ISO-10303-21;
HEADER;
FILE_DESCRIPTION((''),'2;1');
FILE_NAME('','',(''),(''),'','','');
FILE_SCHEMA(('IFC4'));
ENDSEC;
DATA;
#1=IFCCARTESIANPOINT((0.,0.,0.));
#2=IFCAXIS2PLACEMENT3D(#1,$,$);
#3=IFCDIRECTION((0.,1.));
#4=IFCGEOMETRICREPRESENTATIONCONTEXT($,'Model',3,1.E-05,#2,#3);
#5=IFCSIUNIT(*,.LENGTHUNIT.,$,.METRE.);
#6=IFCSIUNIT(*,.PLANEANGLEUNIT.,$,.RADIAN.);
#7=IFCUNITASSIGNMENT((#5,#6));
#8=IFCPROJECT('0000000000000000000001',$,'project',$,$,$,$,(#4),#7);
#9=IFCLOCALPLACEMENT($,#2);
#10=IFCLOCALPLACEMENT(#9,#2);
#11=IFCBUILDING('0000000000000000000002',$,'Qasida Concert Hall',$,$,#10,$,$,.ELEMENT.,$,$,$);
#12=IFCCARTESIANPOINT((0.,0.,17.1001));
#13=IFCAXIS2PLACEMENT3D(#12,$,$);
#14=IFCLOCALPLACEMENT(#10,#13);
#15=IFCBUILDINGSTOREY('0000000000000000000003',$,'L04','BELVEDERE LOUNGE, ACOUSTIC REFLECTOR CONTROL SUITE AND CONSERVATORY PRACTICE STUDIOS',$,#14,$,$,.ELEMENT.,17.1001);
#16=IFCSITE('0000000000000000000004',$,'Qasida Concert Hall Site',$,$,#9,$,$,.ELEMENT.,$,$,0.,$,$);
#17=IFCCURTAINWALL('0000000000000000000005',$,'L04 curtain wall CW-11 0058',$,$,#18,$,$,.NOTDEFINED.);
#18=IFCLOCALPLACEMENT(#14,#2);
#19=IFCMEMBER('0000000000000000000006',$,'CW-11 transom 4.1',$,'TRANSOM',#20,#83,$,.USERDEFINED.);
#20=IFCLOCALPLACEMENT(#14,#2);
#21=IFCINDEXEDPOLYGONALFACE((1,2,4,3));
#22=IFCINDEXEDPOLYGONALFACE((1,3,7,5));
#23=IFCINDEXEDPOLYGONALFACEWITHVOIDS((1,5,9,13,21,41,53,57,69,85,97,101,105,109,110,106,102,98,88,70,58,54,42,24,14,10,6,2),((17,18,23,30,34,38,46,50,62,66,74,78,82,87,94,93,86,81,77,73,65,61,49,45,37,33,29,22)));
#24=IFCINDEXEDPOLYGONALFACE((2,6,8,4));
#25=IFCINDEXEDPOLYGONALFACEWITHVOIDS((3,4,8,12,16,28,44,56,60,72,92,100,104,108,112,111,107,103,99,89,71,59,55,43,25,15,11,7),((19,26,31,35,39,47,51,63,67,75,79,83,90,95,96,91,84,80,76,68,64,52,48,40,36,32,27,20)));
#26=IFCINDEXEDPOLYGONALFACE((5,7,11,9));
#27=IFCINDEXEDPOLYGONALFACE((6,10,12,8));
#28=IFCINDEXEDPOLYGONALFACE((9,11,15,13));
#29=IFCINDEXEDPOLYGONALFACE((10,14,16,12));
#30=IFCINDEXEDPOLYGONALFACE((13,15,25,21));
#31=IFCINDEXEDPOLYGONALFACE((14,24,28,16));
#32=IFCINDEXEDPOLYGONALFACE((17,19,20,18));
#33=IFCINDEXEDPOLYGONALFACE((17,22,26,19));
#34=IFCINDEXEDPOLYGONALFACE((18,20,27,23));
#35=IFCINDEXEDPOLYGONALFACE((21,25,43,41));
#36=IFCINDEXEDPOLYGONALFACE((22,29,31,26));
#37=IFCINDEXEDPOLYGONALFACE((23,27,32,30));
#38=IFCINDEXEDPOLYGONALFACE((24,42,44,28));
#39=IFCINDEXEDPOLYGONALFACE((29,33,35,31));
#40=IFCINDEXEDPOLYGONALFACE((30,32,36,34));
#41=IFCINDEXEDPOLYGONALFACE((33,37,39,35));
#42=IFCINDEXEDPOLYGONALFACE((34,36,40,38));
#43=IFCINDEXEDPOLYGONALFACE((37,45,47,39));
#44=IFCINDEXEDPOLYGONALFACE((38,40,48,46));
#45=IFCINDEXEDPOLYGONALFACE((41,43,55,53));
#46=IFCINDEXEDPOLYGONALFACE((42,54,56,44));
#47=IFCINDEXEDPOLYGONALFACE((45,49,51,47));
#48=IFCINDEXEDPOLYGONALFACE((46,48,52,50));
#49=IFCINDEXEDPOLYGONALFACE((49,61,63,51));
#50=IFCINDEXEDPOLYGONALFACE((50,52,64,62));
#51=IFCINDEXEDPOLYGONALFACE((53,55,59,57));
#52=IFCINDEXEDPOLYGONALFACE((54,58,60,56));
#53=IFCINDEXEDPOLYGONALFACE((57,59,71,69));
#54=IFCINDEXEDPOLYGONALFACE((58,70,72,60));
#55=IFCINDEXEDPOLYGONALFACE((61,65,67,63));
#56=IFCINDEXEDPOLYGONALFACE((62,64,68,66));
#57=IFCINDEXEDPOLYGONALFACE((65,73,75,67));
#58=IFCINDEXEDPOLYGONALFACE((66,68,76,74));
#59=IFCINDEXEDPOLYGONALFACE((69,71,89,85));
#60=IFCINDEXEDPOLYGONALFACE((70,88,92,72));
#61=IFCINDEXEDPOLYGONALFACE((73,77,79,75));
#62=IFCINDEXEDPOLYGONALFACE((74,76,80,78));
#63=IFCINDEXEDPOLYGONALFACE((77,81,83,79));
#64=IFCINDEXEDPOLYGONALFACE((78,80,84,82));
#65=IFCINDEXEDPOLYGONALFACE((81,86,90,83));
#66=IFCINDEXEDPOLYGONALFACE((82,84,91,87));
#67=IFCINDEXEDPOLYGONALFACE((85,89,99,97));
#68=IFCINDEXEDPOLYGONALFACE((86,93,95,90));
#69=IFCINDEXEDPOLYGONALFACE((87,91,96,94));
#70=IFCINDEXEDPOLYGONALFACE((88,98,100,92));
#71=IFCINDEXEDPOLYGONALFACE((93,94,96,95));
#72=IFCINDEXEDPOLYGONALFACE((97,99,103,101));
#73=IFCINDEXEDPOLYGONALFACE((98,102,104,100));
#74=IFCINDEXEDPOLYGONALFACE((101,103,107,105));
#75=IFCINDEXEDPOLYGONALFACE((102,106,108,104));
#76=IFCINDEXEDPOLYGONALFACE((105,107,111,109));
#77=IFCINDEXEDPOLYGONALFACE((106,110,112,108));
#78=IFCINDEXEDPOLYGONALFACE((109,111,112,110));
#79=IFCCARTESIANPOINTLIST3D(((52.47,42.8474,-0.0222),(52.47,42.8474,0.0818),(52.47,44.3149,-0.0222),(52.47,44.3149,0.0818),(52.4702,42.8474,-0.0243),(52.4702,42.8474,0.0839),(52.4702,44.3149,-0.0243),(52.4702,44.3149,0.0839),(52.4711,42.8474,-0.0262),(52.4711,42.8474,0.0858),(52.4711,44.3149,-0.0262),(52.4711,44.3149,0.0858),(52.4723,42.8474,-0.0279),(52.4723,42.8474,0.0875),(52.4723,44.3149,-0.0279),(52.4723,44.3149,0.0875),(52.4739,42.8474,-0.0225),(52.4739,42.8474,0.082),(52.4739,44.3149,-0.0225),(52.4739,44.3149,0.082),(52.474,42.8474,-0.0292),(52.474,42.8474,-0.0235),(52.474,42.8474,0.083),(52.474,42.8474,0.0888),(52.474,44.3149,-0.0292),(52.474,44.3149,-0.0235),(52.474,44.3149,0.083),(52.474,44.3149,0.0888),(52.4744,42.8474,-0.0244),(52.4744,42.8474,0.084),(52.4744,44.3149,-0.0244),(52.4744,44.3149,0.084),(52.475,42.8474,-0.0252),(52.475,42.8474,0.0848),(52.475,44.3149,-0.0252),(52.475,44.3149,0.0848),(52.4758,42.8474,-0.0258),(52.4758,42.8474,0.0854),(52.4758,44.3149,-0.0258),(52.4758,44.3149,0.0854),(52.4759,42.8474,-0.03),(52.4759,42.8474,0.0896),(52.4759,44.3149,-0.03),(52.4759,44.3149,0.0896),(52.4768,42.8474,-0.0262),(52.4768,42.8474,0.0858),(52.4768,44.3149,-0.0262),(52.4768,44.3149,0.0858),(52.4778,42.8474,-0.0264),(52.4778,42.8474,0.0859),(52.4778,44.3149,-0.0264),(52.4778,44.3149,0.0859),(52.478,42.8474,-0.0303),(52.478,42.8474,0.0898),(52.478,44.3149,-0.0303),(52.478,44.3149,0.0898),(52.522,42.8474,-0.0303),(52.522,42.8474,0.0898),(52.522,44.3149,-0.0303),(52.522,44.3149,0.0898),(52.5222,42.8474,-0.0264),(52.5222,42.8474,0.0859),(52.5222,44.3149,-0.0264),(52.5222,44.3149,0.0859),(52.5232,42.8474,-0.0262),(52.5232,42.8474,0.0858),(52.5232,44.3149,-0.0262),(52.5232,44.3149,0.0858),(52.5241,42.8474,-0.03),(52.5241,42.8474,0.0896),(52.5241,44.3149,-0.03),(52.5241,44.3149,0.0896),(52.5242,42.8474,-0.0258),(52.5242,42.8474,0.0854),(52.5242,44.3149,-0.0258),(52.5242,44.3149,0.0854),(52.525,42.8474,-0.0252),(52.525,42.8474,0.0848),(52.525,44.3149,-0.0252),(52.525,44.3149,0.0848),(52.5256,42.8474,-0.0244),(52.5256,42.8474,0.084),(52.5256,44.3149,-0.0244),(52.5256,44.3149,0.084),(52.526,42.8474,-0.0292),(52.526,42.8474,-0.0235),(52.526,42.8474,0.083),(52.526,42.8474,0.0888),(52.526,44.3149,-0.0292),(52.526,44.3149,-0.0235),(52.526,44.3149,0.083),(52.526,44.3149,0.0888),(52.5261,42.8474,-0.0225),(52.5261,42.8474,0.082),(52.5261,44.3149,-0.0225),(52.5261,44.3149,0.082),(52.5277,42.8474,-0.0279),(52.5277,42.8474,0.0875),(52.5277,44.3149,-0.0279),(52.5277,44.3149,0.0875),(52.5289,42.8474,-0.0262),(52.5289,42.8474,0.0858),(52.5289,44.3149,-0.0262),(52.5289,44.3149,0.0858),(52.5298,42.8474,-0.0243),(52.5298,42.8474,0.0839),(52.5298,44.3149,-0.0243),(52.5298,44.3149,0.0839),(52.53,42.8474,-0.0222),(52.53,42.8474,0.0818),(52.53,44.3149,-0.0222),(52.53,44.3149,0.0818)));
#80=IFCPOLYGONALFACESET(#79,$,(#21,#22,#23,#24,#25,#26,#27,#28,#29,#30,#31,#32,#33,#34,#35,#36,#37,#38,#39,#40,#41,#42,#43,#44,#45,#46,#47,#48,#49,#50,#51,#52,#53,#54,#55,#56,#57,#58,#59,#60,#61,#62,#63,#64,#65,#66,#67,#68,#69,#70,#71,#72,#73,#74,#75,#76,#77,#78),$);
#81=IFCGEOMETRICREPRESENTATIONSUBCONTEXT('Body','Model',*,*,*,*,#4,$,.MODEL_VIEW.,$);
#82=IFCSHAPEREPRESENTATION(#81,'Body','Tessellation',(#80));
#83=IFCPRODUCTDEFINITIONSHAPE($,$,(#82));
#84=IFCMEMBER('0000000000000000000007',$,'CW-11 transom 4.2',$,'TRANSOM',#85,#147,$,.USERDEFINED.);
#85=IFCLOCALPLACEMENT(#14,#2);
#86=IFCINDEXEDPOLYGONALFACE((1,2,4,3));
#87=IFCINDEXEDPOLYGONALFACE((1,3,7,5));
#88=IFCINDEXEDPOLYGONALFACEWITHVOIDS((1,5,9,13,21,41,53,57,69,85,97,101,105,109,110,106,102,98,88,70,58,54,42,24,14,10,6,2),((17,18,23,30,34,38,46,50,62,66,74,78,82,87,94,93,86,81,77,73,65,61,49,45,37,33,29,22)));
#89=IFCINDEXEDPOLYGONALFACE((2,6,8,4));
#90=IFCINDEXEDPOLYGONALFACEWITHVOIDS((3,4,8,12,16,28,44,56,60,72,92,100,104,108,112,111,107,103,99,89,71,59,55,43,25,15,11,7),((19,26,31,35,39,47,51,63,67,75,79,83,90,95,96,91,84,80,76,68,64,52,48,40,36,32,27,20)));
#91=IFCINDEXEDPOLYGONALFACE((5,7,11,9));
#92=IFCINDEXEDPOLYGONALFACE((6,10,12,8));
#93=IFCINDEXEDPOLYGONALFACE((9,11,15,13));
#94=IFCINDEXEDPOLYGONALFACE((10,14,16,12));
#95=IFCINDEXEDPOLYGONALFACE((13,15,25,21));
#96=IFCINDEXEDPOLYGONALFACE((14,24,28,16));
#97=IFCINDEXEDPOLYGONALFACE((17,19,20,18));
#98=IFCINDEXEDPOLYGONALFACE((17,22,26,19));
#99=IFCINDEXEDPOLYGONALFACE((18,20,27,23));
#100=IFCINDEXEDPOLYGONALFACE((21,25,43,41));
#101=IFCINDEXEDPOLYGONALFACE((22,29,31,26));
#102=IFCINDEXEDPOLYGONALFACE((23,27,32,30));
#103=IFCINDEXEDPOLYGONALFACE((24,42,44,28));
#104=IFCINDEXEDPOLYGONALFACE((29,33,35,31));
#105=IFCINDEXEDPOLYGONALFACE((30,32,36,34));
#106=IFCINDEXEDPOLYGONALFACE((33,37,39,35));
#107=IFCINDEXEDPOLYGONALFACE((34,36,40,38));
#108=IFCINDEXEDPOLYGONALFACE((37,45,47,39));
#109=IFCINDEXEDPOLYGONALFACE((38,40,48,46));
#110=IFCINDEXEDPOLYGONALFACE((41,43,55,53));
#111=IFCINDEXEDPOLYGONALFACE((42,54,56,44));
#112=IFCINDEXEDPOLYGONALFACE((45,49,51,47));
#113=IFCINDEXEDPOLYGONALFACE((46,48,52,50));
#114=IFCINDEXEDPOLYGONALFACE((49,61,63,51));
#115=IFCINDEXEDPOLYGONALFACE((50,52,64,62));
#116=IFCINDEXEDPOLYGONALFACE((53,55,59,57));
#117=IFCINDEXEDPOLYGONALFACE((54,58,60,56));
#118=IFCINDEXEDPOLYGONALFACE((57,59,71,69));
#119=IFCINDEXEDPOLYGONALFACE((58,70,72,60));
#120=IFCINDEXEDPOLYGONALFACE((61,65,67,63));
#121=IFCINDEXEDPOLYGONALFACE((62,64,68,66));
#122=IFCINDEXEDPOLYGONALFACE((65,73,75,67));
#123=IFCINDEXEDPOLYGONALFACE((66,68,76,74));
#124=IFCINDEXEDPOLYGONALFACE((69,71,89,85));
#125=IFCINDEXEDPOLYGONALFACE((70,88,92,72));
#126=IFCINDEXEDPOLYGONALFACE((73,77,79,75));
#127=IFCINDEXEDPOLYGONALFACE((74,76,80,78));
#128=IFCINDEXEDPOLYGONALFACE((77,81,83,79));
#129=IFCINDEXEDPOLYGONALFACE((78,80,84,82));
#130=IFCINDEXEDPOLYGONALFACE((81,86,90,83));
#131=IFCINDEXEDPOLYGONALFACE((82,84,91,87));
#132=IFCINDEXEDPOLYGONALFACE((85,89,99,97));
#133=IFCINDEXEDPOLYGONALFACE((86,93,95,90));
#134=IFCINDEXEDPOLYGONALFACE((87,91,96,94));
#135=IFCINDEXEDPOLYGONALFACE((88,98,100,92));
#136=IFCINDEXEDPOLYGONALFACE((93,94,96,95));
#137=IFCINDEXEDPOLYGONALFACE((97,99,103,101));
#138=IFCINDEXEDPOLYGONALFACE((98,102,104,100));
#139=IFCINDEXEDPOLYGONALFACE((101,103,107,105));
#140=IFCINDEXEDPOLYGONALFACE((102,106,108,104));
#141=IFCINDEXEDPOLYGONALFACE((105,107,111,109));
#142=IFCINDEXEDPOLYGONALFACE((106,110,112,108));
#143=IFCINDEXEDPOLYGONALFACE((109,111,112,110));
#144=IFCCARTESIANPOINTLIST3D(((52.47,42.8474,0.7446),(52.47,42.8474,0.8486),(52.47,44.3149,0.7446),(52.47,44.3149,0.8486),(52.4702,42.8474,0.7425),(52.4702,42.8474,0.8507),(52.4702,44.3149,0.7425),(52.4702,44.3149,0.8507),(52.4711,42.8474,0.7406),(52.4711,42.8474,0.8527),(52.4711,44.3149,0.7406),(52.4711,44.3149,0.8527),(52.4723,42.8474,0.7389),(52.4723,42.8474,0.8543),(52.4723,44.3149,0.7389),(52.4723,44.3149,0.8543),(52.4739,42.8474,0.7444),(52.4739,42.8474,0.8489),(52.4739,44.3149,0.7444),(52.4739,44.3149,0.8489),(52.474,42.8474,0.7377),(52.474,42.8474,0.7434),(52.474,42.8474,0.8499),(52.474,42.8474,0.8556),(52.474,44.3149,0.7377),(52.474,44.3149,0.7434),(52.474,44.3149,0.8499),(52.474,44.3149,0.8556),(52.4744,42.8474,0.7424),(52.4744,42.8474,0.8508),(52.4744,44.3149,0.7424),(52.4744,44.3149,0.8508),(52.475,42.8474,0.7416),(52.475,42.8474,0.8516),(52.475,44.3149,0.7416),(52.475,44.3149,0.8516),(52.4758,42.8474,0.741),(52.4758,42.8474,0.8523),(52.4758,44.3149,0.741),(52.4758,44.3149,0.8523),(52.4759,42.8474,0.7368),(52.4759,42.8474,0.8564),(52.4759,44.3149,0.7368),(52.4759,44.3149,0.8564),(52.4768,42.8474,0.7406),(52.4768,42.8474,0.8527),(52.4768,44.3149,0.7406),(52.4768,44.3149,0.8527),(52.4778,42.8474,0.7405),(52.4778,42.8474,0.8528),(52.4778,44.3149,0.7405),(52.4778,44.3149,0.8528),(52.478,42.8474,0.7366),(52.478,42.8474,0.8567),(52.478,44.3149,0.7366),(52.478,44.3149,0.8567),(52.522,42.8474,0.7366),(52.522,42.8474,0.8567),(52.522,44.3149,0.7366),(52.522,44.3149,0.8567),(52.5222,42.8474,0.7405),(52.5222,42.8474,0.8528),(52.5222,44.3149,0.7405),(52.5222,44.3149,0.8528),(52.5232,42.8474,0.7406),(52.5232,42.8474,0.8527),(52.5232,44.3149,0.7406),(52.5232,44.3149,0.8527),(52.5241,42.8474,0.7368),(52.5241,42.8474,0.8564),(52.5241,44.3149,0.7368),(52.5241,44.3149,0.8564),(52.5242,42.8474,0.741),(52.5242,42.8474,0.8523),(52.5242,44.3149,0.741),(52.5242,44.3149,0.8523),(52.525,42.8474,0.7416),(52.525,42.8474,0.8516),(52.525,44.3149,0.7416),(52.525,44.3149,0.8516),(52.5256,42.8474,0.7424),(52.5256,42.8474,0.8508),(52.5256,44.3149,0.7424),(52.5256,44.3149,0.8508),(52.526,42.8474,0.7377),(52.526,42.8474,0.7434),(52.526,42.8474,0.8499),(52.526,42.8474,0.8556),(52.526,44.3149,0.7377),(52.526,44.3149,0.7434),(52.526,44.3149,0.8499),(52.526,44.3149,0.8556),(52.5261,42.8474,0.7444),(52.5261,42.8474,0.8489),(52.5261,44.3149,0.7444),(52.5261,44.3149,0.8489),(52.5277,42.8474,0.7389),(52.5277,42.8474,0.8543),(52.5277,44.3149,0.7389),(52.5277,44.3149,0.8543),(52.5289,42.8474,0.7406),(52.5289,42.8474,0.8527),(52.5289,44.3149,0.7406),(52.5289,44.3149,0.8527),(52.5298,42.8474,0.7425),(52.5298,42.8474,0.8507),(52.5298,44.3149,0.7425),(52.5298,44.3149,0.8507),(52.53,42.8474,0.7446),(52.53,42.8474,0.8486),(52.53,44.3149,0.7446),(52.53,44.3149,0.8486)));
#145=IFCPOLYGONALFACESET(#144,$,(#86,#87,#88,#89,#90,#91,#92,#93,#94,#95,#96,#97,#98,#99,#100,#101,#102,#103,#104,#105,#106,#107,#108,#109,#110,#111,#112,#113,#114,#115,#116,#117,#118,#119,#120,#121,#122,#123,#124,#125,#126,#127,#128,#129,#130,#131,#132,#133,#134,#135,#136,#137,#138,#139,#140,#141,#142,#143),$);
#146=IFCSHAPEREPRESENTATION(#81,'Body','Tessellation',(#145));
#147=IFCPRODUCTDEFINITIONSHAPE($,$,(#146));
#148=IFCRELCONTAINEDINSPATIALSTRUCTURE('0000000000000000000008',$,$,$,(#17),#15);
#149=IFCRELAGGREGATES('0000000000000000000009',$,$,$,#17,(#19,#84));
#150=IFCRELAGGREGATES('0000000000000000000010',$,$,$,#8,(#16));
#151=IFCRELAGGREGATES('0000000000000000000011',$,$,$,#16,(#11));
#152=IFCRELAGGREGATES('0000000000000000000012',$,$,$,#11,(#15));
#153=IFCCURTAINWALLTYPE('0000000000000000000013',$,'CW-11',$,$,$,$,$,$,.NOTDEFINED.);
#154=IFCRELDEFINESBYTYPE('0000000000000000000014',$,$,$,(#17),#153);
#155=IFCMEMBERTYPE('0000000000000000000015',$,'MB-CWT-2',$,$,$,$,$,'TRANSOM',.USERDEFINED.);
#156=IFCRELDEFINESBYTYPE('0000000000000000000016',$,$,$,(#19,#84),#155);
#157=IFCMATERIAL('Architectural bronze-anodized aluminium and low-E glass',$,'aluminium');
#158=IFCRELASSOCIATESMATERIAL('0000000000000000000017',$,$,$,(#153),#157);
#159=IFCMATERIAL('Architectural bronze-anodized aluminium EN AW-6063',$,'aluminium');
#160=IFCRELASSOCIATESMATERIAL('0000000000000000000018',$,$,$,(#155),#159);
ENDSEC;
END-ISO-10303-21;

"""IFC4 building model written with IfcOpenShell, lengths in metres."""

from ifc_helpers import new_model, si_unit, direction, frame, origin, origin_2d, place, context, subcontext, project, spatial, hollow_rectangle, extrude, material, material_profile, profile_set, type_object, element, aggregate, save


model = new_model("IFC4")

# Units and contexts
model_context = context("Model", 3, precision=1e-05, world=origin(), true_north=direction((0.0, 1.0)))
body_context = subcontext(model_context, "Body", "Model", "MODEL_VIEW")
ifc_project = project(units=[si_unit("LENGTHUNIT", "METRE"), si_unit("PLANEANGLEUNIT", "RADIAN")], contexts=[model_context])

# Site, building, storey
site_placement = place(None, origin())
site = spatial("IfcSite", under=ifc_project, at=site_placement, Name="Qasida Concert Hall Site", CompositionType="ELEMENT", RefElevation=0.0)
building_placement = place(site_placement, origin())
building = spatial("IfcBuilding", under=site, at=building_placement, Name="Qasida Concert Hall", CompositionType="ELEMENT")
storey_placement = place(building_placement, frame((0.0, 0.0, 17.1001)))
storey = spatial("IfcBuildingStorey", under=building, at=storey_placement, Name="L04", Description="BELVEDERE LOUNGE, ACOUSTIC REFLECTOR CONTROL SUITE AND CONSERVATORY PRACTICE STUDIOS", CompositionType="ELEMENT", Elevation=17.1001)

# Curtain wall, members
ifc_material_1 = material(Name="Architectural bronze-anodized aluminium and low-E glass", Category="aluminium")
curtain_wall_type = type_object("IfcCurtainWallType", Name="CW-11", PredefinedType="NOTDEFINED", material=ifc_material_1)
curtain_wall_placement = place(storey_placement, origin())
curtain_wall = element("IfcCurtainWall", 1, at=curtain_wall_placement, inside=storey, type_object=curtain_wall_type, Name="L04 curtain wall CW-11 0058", PredefinedType="NOTDEFINED")
ifc_material_2 = material(Name="Architectural bronze-anodized aluminium EN AW-6063", Category="aluminium")
ifc_material_profile_1 = material_profile(ifc_material_2, hollow_rectangle(XDim=0.0601, YDim=0.1201, WallThickness=0.0039, InnerFilletRadius=0.0039, OuterFilletRadius=0.0081, at=origin_2d()), Name="CWT 120x60x4")
ifc_profile_set_1 = profile_set([ifc_material_profile_1], Name="Architectural bronze-anodized aluminium EN AW-6063")
member_type_1 = type_object("IfcMemberType", Name="MB-CWT-2", ElementType="TRANSOM", PredefinedType="USERDEFINED", material=ifc_profile_set_1)
member_1_placement = place(storey_placement, frame((52.5, 42.8474, 0.0298), z_axis=(0.0, 1.0, 0.0), x_axis=(-1.0, 0.0, 0.0)))
member_1 = element("IfcMember", 2, at=member_1_placement, type_object=member_type_1, Name="CW-11 transom 4.1", ObjectType="TRANSOM", PredefinedType="USERDEFINED", context=body_context, shape_type="SweptSolid", body=[
    extrude(hollow_rectangle(XDim=0.0601, YDim=0.1201, WallThickness=0.0039, InnerFilletRadius=0.0039, OuterFilletRadius=0.0081, at=origin_2d()), origin(), (0.0, 0.0, 1.0), 1.4675),
])
member_2_placement = place(storey_placement, frame((52.5, 42.8474, 0.7966), z_axis=(0.0, 1.0, 0.0), x_axis=(-1.0, 0.0, 0.0)))
member_2 = element("IfcMember", 3, at=member_2_placement, type_object=member_type_1, Name="CW-11 transom 4.2", ObjectType="TRANSOM", PredefinedType="USERDEFINED", context=body_context, shape_type="SweptSolid", body=[
    extrude(hollow_rectangle(XDim=0.0601, YDim=0.1201, WallThickness=0.0039, InnerFilletRadius=0.0039, OuterFilletRadius=0.0081, at=origin_2d()), origin(), (0.0, 0.0, 1.0), 1.4675),
])
aggregate(curtain_wall, [member_1, member_2])

save(model, "model.ifc")
